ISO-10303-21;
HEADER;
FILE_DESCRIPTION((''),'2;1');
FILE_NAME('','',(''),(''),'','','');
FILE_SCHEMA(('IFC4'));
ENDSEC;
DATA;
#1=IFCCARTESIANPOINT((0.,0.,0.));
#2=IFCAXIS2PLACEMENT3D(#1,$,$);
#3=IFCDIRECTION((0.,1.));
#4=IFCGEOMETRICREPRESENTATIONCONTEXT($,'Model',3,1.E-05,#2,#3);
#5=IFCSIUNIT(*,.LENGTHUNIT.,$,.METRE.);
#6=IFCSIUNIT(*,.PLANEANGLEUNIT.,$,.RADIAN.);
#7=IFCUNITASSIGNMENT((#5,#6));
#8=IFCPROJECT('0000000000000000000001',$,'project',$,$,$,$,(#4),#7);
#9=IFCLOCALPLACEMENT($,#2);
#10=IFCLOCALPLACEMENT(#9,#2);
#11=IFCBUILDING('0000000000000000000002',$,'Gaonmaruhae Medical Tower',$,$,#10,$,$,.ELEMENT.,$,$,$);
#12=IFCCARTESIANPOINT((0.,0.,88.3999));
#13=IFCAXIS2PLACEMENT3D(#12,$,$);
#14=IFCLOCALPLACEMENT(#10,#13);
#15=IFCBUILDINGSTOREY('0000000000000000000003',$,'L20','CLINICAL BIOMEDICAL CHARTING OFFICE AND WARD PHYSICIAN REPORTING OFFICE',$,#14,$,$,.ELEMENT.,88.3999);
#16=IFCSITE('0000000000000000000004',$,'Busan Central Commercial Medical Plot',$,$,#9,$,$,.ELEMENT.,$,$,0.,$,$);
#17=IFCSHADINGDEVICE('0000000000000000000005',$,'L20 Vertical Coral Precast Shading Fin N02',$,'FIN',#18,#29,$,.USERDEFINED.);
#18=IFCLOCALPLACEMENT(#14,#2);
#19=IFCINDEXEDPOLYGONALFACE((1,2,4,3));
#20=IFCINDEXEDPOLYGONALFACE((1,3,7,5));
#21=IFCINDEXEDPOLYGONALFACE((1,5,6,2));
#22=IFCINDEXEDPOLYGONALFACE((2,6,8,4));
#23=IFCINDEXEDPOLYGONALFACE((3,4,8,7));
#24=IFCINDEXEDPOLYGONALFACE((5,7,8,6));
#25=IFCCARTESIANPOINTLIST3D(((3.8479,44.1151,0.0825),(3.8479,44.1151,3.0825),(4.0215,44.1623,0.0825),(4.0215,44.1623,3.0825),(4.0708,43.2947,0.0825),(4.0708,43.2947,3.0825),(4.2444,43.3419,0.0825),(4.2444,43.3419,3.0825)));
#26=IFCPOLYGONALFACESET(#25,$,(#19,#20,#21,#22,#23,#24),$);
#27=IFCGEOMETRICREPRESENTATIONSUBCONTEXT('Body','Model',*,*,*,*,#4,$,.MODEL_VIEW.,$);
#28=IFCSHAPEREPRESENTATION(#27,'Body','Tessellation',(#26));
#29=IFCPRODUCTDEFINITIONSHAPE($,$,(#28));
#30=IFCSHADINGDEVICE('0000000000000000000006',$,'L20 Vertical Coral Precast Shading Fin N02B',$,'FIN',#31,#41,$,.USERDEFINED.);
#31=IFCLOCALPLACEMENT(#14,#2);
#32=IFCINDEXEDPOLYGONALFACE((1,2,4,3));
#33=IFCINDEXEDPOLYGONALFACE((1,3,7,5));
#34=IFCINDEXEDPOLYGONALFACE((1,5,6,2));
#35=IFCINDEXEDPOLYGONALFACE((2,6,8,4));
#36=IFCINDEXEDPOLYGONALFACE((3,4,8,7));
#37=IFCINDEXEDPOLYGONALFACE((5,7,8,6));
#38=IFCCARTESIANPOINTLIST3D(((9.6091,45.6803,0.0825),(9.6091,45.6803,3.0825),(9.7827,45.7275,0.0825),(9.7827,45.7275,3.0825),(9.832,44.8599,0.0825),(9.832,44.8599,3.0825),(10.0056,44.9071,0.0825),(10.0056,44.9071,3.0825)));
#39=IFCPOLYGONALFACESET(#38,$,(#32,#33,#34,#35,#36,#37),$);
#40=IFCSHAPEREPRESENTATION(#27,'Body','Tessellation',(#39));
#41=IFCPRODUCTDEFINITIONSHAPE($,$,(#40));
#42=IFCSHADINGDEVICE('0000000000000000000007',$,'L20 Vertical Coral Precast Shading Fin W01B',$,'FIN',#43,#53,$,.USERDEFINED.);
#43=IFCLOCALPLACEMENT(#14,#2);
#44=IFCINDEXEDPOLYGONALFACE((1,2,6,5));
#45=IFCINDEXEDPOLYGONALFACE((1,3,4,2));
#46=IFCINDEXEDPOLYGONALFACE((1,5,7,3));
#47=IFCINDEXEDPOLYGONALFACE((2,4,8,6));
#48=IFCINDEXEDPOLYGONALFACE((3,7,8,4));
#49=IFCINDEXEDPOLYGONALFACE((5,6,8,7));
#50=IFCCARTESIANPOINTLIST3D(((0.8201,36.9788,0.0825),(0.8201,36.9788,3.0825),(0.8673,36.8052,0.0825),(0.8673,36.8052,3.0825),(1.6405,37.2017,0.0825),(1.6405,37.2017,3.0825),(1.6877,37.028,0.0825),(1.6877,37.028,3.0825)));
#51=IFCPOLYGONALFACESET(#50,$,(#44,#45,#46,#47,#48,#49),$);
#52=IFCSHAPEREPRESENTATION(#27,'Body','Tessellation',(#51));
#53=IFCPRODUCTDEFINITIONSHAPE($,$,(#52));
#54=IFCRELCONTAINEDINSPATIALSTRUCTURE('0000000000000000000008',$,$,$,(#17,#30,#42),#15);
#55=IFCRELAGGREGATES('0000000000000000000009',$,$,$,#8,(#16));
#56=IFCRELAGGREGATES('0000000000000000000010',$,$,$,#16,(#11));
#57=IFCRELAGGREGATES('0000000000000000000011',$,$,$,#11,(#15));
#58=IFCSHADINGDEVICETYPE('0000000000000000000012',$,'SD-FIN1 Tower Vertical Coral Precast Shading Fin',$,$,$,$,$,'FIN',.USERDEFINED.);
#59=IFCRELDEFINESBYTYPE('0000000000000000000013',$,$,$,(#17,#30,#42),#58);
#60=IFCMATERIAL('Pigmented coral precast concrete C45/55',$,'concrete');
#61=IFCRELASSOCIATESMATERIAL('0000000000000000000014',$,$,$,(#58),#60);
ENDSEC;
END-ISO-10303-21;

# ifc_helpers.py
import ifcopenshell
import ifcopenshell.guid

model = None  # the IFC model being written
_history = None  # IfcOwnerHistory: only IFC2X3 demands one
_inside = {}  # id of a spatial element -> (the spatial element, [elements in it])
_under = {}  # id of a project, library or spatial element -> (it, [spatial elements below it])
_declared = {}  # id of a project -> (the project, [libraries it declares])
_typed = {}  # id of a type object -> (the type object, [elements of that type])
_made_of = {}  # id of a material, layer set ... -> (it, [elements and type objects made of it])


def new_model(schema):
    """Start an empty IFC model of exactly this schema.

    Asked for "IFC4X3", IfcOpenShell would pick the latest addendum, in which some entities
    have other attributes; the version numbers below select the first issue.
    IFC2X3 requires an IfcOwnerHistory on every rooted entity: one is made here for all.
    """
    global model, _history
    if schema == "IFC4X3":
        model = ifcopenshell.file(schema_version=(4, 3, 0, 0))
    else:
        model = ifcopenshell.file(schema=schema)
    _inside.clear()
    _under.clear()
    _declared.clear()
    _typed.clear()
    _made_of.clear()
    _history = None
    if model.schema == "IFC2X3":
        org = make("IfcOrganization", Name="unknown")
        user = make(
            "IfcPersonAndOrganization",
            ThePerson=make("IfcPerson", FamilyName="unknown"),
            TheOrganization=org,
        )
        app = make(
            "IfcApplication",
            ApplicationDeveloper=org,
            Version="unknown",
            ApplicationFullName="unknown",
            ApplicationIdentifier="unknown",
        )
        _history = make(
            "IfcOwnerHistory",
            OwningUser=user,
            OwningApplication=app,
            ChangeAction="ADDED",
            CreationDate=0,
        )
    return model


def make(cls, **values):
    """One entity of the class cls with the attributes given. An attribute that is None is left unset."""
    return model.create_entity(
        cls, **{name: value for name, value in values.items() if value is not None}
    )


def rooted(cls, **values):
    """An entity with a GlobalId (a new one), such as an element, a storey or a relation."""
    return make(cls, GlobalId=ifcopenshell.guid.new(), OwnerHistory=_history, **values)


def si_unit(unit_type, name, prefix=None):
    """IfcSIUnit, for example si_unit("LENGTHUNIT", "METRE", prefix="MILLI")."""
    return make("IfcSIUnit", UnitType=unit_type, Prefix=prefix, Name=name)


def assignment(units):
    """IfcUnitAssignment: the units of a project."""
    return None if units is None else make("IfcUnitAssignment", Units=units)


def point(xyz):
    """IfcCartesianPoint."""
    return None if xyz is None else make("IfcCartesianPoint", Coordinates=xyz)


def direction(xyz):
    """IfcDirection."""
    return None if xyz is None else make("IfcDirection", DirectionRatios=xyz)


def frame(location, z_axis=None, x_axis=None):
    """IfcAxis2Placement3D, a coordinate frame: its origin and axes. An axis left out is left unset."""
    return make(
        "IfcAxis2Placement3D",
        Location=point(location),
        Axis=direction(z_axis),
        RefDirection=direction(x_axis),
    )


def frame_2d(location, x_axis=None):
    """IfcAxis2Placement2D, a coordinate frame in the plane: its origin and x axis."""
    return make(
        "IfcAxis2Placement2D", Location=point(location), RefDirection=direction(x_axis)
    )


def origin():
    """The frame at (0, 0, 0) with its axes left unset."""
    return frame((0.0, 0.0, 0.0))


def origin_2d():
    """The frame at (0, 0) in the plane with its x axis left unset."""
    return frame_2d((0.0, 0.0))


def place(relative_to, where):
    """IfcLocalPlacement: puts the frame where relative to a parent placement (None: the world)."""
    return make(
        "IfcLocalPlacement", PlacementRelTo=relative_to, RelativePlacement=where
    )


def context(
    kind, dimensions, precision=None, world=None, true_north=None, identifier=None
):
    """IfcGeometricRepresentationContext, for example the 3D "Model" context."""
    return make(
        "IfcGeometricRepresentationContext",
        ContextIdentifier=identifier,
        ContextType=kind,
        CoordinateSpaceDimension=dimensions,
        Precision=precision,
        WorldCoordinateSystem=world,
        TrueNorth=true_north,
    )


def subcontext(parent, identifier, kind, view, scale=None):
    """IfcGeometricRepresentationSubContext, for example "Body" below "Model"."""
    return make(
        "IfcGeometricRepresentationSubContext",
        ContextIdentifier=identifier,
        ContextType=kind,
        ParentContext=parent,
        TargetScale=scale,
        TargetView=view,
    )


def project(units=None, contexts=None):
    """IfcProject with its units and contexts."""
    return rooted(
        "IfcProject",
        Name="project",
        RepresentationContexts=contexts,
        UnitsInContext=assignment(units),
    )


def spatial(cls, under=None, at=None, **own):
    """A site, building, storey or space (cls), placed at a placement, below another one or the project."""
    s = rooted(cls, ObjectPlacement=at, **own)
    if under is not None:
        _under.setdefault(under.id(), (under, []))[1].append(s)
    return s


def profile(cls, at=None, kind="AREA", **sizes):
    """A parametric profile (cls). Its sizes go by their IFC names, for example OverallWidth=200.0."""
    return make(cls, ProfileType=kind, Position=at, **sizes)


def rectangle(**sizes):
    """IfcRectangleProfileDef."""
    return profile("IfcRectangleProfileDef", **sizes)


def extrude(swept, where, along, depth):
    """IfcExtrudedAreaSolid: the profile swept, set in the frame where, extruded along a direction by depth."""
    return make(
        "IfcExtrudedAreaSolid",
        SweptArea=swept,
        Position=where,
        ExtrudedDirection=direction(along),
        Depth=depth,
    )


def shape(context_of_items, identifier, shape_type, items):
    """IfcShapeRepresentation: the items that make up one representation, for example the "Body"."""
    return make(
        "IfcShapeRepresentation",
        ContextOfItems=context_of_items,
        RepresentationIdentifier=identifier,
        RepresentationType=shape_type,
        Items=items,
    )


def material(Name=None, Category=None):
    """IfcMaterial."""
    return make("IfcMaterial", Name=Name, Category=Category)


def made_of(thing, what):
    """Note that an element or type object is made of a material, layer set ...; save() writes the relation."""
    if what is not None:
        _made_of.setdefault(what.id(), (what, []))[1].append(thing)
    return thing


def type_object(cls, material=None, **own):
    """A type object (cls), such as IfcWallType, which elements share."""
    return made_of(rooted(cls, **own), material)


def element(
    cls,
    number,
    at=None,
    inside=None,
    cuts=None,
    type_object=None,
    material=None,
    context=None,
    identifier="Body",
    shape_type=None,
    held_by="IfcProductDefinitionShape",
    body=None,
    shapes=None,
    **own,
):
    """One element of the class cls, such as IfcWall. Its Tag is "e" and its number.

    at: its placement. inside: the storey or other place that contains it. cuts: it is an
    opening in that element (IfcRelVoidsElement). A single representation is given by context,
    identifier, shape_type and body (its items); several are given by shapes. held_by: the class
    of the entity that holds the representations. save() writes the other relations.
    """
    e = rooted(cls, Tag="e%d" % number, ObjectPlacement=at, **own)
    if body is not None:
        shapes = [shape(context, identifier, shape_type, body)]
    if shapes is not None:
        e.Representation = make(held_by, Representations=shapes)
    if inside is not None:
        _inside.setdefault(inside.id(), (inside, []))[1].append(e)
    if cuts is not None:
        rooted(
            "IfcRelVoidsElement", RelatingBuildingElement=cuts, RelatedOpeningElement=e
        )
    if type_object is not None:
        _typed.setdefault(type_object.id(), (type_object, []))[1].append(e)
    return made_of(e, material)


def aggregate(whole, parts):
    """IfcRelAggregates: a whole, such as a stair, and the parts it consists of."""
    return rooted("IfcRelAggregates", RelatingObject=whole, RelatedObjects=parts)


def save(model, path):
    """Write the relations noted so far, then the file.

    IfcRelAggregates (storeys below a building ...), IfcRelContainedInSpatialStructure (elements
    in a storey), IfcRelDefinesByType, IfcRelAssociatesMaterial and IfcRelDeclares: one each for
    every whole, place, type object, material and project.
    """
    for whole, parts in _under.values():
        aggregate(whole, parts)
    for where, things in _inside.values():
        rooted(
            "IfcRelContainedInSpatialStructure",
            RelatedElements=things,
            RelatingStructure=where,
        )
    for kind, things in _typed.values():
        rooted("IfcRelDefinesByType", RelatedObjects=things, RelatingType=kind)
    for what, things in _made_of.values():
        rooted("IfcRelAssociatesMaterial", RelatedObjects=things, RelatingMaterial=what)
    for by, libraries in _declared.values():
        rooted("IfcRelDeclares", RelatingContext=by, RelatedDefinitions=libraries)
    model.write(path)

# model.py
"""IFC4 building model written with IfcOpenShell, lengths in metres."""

from ifc_helpers import new_model, si_unit, direction, frame, origin, origin_2d, place, context, subcontext, project, spatial, rectangle, extrude, material, type_object, element, save


model = new_model("IFC4")

# Units and contexts
model_context = context("Model", 3, precision=1e-05, world=origin(), true_north=direction((0.0, 1.0)))
body_context = subcontext(model_context, "Body", "Model", "MODEL_VIEW")
ifc_project = project(units=[si_unit("LENGTHUNIT", "METRE"), si_unit("PLANEANGLEUNIT", "RADIAN")], contexts=[model_context])

# Site, building, storey
site_placement = place(None, origin())
site = spatial("IfcSite", under=ifc_project, at=site_placement, Name="Busan Central Commercial Medical Plot", CompositionType="ELEMENT", RefElevation=0.0)
building_placement = place(site_placement, origin())
building = spatial("IfcBuilding", under=site, at=building_placement, Name="Gaonmaruhae Medical Tower", CompositionType="ELEMENT")
storey_placement = place(building_placement, frame((0.0, 0.0, 88.3999)))
storey = spatial("IfcBuildingStorey", under=building, at=storey_placement, Name="L20", Description="CLINICAL BIOMEDICAL CHARTING OFFICE AND WARD PHYSICIAN REPORTING OFFICE", CompositionType="ELEMENT", Elevation=88.3999)

# Shading devices
ifc_material_1 = material(Name="Pigmented coral precast concrete C45/55", Category="concrete")
shading_device_type = type_object("IfcShadingDeviceType", Name="SD-FIN1 Tower Vertical Coral Precast Shading Fin", ElementType="FIN", PredefinedType="USERDEFINED", material=ifc_material_1)
for number, where, z_axis, x_axis, name in (
    (1, (4.0461, 43.7285, 0.0825), (0.0, 0.0, 1.0), (0.965016, 0.262189, 0.0), "L20 Vertical Coral Precast Shading Fin N02"),
    (2, (9.8074, 45.2937, 0.0825), (0.0, 0.0, 1.0), (0.965016, 0.262189, 0.0), "L20 Vertical Coral Precast Shading Fin N02B"),
    (3, (1.2539, 37.0034, 0.0825), (0.0, 0.0, 1.0), (-0.262189, 0.965016, 0.0), "L20 Vertical Coral Precast Shading Fin W01B"),
):
    element("IfcShadingDevice", number, at=place(storey_placement, frame(where, z_axis=z_axis, x_axis=x_axis)), inside=storey, type_object=shading_device_type, Name=name, ObjectType="FIN", PredefinedType="USERDEFINED", context=body_context, shape_type="SweptSolid", body=[
        extrude(rectangle(XDim=0.1799, YDim=0.8501, at=origin_2d()), origin(), (0.0, 0.0, 1.0), 3.0),
    ])

save(model, "model.ifc")
